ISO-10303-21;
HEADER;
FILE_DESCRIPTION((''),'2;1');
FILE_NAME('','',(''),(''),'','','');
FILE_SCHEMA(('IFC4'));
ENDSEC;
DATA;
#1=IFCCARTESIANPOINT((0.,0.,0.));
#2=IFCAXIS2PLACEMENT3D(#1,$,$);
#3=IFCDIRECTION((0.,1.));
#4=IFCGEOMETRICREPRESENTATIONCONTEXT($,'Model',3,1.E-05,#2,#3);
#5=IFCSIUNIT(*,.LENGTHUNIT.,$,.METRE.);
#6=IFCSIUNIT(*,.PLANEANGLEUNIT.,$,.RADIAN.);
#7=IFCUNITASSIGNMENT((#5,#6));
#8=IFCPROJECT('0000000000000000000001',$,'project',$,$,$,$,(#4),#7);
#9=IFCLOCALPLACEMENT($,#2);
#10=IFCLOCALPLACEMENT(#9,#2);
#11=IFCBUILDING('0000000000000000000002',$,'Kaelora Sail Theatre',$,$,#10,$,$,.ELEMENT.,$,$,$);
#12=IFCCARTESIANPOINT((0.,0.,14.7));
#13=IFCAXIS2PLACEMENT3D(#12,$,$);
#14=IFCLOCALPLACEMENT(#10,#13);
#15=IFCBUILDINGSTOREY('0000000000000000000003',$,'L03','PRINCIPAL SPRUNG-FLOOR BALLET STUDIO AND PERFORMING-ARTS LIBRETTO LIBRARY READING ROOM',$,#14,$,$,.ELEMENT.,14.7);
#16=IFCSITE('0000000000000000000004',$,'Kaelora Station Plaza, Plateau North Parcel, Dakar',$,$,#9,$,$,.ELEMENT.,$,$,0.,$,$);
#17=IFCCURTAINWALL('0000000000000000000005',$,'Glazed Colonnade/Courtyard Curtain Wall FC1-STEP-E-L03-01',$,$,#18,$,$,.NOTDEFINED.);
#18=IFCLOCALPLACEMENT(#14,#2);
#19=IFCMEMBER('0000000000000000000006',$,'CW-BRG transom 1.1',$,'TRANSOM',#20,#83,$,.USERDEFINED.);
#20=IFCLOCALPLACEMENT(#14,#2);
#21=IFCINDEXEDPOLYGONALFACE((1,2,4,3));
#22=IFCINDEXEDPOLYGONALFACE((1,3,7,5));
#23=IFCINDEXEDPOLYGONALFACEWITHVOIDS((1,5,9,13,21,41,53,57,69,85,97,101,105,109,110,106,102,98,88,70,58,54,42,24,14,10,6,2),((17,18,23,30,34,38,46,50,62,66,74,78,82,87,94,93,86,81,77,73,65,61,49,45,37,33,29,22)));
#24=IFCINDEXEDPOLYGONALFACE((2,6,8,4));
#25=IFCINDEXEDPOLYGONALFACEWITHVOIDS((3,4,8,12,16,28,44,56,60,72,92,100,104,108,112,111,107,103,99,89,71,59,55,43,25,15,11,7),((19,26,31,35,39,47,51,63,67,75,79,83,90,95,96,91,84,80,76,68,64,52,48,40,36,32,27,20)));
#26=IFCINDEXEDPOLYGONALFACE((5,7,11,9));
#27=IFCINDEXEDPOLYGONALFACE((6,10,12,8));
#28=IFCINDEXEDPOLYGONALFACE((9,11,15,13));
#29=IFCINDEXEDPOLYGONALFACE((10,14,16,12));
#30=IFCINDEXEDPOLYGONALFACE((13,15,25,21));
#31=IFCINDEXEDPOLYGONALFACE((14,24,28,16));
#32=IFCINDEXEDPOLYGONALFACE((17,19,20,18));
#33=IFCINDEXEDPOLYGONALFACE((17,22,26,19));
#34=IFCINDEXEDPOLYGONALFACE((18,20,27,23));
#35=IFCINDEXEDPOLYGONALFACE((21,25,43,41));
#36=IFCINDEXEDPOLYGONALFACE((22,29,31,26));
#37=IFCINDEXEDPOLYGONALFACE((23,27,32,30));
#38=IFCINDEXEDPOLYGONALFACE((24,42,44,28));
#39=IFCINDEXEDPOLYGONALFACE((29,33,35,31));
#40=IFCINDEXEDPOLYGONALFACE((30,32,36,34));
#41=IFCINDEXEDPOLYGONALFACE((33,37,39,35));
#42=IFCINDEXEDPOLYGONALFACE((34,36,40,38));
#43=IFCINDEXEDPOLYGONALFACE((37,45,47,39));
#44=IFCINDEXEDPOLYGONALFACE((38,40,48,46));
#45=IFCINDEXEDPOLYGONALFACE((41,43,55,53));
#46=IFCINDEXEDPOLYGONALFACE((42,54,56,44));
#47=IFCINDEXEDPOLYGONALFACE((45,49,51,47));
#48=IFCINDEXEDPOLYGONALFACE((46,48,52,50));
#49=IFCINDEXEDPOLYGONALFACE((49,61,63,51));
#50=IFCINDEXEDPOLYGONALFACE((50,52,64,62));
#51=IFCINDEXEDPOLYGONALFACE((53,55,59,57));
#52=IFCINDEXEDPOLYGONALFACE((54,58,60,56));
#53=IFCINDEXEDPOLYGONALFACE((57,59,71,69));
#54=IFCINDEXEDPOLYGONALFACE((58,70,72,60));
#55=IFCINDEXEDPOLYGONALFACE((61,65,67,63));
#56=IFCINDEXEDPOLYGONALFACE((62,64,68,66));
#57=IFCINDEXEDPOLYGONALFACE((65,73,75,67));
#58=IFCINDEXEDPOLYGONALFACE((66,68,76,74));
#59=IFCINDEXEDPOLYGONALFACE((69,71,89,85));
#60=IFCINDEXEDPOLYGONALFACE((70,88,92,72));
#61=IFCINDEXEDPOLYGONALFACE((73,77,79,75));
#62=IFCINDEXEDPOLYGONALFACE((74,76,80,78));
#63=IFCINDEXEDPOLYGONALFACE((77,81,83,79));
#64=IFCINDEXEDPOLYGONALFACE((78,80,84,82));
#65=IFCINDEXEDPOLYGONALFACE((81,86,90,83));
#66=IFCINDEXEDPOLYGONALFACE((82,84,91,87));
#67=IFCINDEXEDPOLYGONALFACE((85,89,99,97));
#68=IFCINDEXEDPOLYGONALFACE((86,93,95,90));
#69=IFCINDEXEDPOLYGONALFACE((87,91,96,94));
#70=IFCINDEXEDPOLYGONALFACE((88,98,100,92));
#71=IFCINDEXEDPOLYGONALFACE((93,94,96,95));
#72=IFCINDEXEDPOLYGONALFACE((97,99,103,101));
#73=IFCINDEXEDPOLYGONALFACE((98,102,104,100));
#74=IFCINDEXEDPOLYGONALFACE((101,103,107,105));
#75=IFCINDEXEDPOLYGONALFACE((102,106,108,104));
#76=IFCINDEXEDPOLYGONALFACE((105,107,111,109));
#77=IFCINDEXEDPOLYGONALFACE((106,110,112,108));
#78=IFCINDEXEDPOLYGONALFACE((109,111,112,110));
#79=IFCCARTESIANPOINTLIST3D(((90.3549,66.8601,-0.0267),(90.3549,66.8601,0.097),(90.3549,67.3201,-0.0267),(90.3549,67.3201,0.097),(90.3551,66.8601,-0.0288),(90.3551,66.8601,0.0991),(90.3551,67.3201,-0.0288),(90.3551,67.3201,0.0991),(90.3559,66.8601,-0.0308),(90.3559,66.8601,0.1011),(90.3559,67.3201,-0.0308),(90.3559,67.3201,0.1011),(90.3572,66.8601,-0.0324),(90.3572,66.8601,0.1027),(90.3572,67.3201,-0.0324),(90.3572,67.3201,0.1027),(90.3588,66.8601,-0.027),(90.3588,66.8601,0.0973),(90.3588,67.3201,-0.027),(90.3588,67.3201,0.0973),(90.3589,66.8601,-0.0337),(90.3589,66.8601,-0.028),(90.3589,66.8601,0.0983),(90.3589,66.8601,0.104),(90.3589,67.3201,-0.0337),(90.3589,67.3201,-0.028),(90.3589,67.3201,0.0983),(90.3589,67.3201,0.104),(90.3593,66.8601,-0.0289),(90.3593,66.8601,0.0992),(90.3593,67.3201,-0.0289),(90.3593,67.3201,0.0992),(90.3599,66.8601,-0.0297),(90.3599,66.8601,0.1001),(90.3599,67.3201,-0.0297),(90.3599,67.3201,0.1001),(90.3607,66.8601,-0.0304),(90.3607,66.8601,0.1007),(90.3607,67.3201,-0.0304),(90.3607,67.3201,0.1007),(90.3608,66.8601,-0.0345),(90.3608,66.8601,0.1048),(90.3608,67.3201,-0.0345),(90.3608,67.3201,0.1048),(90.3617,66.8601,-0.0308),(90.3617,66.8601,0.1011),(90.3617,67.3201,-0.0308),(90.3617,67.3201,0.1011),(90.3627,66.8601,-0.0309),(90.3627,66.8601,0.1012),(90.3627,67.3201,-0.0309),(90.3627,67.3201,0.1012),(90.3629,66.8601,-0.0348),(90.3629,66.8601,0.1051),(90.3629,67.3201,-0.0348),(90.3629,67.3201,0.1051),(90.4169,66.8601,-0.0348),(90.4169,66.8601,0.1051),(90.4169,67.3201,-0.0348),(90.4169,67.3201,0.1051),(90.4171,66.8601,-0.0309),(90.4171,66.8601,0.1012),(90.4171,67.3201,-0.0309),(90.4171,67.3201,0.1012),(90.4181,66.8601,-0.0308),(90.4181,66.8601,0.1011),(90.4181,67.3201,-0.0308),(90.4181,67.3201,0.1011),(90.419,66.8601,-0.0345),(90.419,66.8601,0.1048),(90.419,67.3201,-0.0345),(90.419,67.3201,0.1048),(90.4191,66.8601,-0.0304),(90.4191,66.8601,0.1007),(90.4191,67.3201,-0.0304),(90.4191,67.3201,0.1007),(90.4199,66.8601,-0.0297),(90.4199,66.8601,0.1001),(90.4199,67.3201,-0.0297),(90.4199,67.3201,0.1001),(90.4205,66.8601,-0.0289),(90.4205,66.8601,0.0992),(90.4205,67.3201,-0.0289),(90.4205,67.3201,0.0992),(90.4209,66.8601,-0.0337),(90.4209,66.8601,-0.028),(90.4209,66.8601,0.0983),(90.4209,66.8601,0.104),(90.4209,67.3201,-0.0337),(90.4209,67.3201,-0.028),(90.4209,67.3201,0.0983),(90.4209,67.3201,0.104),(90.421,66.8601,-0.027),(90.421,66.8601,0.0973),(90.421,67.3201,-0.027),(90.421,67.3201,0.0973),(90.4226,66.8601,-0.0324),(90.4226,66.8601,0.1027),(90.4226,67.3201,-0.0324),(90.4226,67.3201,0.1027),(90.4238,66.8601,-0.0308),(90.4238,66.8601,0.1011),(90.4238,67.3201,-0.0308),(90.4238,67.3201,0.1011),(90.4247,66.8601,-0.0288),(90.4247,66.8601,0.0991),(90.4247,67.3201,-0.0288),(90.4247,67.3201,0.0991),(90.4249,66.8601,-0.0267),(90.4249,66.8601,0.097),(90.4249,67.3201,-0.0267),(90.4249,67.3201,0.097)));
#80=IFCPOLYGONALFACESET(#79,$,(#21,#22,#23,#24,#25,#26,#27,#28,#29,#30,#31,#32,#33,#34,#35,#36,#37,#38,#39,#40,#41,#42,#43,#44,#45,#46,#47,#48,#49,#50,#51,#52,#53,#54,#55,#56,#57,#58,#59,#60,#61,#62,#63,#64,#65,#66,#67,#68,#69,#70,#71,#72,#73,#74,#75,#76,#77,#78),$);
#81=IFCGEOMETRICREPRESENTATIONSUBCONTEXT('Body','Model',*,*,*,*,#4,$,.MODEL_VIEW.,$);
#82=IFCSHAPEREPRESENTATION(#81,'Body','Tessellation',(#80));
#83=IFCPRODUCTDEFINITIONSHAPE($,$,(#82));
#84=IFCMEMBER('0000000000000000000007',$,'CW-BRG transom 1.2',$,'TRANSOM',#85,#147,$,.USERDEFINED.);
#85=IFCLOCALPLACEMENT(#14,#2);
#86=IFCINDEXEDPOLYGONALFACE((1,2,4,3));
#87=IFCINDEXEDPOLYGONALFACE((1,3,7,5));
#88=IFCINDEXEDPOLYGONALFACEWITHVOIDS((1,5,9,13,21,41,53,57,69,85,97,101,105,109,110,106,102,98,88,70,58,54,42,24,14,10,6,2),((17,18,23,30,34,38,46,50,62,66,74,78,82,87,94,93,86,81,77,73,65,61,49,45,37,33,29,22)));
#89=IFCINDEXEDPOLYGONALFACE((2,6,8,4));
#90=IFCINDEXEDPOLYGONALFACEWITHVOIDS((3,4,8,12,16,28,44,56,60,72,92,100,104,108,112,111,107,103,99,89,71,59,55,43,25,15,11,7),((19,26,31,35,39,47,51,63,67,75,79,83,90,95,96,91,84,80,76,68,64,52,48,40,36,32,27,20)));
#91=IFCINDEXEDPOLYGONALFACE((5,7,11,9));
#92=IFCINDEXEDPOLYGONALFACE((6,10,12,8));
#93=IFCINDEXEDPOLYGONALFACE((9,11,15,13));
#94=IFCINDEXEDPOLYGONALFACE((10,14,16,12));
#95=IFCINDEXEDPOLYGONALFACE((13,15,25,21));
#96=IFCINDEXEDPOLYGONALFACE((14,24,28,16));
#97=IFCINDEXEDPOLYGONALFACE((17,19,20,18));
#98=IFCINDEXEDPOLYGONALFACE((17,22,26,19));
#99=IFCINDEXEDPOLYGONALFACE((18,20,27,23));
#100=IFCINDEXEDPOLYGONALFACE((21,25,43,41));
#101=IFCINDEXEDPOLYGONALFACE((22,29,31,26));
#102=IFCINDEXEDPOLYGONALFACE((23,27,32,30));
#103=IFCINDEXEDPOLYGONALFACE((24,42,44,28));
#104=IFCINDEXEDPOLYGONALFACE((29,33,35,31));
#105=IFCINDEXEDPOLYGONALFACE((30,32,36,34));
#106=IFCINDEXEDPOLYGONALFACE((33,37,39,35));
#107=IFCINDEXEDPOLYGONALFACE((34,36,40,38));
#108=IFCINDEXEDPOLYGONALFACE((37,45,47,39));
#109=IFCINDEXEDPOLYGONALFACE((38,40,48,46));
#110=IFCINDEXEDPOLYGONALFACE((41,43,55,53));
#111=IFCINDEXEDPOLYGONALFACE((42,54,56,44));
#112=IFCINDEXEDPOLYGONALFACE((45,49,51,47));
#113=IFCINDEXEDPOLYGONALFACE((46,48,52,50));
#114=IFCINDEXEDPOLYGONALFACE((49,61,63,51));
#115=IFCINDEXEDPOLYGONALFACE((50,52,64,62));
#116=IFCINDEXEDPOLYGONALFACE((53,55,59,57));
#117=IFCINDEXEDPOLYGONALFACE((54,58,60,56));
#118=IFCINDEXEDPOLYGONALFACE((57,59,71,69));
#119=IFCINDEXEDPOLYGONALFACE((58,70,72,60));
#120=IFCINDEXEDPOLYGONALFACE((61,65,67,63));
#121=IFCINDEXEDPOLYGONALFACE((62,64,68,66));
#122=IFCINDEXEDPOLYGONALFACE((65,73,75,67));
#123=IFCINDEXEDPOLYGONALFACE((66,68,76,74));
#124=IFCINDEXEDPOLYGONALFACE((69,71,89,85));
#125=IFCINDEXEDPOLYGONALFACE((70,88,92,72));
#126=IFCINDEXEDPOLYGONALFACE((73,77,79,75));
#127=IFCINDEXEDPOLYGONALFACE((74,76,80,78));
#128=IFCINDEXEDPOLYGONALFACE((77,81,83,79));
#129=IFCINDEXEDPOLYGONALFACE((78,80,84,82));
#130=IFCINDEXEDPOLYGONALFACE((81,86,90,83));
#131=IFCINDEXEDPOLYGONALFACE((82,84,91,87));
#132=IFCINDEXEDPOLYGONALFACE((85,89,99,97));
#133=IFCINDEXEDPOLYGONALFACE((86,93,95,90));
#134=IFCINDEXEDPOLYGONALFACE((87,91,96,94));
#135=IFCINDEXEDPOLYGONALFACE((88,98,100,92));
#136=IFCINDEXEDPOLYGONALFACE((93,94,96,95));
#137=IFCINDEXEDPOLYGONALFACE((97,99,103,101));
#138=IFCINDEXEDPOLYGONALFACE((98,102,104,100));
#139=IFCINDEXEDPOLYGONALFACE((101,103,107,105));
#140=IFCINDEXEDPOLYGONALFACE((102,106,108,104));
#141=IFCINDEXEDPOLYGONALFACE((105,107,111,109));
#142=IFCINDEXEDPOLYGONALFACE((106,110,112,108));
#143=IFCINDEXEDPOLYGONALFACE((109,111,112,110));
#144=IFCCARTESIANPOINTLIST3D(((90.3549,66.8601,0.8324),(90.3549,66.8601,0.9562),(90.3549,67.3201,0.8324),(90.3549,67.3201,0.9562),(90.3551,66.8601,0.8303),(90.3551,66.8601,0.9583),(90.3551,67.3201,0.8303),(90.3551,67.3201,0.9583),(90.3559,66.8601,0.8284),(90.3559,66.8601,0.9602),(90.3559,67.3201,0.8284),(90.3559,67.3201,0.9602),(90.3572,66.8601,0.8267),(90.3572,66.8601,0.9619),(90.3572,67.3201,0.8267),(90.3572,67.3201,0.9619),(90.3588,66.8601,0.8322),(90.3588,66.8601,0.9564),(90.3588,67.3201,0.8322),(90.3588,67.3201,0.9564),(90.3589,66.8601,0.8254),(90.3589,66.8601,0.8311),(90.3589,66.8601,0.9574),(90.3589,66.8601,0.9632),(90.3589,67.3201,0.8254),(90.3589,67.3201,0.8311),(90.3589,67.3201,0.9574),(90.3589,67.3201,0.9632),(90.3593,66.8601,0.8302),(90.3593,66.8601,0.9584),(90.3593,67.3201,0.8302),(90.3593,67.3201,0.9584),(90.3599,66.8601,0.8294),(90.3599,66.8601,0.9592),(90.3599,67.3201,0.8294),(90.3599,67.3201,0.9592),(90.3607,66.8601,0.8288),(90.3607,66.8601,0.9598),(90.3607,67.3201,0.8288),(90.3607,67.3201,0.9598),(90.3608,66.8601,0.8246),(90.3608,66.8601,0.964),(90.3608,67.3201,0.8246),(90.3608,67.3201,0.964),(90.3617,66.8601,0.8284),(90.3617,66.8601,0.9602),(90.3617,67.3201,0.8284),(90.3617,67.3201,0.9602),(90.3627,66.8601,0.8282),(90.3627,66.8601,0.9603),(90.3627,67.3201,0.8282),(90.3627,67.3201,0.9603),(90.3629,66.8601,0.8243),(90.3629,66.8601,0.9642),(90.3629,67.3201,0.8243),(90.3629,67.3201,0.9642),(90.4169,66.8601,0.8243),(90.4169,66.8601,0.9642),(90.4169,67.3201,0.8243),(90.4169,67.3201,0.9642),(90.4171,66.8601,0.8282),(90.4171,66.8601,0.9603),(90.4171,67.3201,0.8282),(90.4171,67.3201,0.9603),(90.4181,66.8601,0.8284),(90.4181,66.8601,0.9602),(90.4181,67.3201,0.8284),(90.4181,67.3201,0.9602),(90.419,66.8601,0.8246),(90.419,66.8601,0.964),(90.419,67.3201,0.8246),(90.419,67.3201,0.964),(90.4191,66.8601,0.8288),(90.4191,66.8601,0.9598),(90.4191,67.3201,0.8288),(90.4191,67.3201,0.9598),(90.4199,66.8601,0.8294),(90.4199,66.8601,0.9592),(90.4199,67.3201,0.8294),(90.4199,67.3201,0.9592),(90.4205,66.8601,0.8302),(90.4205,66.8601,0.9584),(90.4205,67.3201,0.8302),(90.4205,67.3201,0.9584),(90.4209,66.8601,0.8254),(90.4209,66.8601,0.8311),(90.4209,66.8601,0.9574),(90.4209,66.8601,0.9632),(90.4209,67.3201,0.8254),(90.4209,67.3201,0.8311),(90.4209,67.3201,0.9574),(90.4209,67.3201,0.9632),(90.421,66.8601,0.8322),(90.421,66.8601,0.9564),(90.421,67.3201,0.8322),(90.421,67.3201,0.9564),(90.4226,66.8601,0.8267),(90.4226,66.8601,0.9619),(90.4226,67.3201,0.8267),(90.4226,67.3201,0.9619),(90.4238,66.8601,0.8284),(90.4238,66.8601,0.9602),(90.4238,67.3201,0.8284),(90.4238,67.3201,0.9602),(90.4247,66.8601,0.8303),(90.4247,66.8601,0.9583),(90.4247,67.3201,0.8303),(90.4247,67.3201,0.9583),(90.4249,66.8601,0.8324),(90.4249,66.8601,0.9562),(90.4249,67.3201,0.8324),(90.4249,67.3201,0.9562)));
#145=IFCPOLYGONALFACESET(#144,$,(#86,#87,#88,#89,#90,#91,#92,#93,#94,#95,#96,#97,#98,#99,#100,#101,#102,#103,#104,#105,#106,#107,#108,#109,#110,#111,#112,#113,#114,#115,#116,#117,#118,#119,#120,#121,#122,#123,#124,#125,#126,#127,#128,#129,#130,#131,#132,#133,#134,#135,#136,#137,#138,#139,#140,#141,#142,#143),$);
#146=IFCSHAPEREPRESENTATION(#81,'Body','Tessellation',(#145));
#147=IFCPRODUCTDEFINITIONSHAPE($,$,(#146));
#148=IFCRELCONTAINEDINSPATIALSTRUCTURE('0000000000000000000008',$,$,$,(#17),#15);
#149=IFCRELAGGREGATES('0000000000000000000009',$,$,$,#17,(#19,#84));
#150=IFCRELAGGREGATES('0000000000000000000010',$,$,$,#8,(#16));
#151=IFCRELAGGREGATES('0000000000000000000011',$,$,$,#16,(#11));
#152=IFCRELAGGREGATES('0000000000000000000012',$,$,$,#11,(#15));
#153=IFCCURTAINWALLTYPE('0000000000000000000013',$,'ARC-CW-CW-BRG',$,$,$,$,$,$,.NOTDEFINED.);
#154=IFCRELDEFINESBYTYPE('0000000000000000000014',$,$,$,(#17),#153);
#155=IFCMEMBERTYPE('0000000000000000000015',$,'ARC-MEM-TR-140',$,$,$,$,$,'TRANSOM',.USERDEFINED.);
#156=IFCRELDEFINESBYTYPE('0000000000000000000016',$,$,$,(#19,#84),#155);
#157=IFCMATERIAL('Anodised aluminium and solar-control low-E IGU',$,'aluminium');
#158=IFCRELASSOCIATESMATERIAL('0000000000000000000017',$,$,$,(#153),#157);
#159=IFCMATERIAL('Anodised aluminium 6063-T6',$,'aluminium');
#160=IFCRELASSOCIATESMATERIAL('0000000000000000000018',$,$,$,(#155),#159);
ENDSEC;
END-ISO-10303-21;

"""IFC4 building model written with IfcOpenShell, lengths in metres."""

from ifc_helpers import new_model, si_unit, direction, frame, origin, origin_2d, place, context, subcontext, project, spatial, hollow_rectangle, extrude, material, material_profile, profile_set, type_object, element, aggregate, save


model = new_model("IFC4")

# Units and contexts
model_context = context("Model", 3, precision=1e-05, world=origin(), true_north=direction((0.0, 1.0)))
body_context = subcontext(model_context, "Body", "Model", "MODEL_VIEW")
ifc_project = project(units=[si_unit("LENGTHUNIT", "METRE"), si_unit("PLANEANGLEUNIT", "RADIAN")], contexts=[model_context])

# Site, building, storey
site_placement = place(None, origin())
site = spatial("IfcSite", under=ifc_project, at=site_placement, Name="Kaelora Station Plaza, Plateau North Parcel, Dakar", CompositionType="ELEMENT", RefElevation=0.0)
building_placement = place(site_placement, origin())
building = spatial("IfcBuilding", under=site, at=building_placement, Name="Kaelora Sail Theatre", CompositionType="ELEMENT")
storey_placement = place(building_placement, frame((0.0, 0.0, 14.7)))
storey = spatial("IfcBuildingStorey", under=building, at=storey_placement, Name="L03", Description="PRINCIPAL SPRUNG-FLOOR BALLET STUDIO AND PERFORMING-ARTS LIBRETTO LIBRARY READING ROOM", CompositionType="ELEMENT", Elevation=14.7)

# Shared definitions
ifc_material_1 = material(Name="Anodised aluminium and solar-control low-E IGU", Category="aluminium")
curtain_wall_type = type_object("IfcCurtainWallType", Name="ARC-CW-CW-BRG", PredefinedType="NOTDEFINED", material=ifc_material_1)

# Curtain wall
curtain_wall_1_placement = place(storey_placement, origin())
curtain_wall_1 = element("IfcCurtainWall", 1, at=curtain_wall_1_placement, inside=storey, type_object=curtain_wall_type, Name="Glazed Colonnade/Courtyard Curtain Wall FC1-STEP-E-L03-01", PredefinedType="NOTDEFINED")

# Members
ifc_material_2 = material(Name="Anodised aluminium 6063-T6", Category="aluminium")
ifc_material_profile_1 = material_profile(ifc_material_2, hollow_rectangle(XDim=0.0701, YDim=0.1399, WallThickness=0.0039, InnerFilletRadius=0.0039, OuterFilletRadius=0.0081, at=origin_2d()), Name="ALU-TRAN 70x140x4")
ifc_profile_set_1 = profile_set([ifc_material_profile_1], Name="Anodised aluminium 6063-T6")
member_type_1 = type_object("IfcMemberType", Name="ARC-MEM-TR-140", ElementType="TRANSOM", PredefinedType="USERDEFINED", material=ifc_profile_set_1)
member_1_placement = place(storey_placement, frame((90.3899, 66.8601, 0.0352), z_axis=(0.0, 1.0, 0.0), x_axis=(-1.0, 0.0, 0.0)))
member_1 = element("IfcMember", 2, at=member_1_placement, type_object=member_type_1, Name="CW-BRG transom 1.1", ObjectType="TRANSOM", PredefinedType="USERDEFINED", context=body_context, shape_type="SweptSolid", body=[
    extrude(hollow_rectangle(XDim=0.0701, YDim=0.1399, WallThickness=0.0039, InnerFilletRadius=0.0039, OuterFilletRadius=0.0081, at=origin_2d()), origin(), (0.0, 0.0, 1.0), 0.46),
])
member_2_placement = place(storey_placement, frame((90.3899, 66.8601, 0.8943), z_axis=(0.0, 1.0, 0.0), x_axis=(-1.0, 0.0, 0.0)))
member_2 = element("IfcMember", 3, at=member_2_placement, type_object=member_type_1, Name="CW-BRG transom 1.2", ObjectType="TRANSOM", PredefinedType="USERDEFINED", context=body_context, shape_type="SweptSolid", body=[
    extrude(hollow_rectangle(XDim=0.0701, YDim=0.1399, WallThickness=0.0039, InnerFilletRadius=0.0039, OuterFilletRadius=0.0081, at=origin_2d()), origin(), (0.0, 0.0, 1.0), 0.46),
])

aggregate(curtain_wall_1, [member_1, member_2])

save(model, "model.ifc")
